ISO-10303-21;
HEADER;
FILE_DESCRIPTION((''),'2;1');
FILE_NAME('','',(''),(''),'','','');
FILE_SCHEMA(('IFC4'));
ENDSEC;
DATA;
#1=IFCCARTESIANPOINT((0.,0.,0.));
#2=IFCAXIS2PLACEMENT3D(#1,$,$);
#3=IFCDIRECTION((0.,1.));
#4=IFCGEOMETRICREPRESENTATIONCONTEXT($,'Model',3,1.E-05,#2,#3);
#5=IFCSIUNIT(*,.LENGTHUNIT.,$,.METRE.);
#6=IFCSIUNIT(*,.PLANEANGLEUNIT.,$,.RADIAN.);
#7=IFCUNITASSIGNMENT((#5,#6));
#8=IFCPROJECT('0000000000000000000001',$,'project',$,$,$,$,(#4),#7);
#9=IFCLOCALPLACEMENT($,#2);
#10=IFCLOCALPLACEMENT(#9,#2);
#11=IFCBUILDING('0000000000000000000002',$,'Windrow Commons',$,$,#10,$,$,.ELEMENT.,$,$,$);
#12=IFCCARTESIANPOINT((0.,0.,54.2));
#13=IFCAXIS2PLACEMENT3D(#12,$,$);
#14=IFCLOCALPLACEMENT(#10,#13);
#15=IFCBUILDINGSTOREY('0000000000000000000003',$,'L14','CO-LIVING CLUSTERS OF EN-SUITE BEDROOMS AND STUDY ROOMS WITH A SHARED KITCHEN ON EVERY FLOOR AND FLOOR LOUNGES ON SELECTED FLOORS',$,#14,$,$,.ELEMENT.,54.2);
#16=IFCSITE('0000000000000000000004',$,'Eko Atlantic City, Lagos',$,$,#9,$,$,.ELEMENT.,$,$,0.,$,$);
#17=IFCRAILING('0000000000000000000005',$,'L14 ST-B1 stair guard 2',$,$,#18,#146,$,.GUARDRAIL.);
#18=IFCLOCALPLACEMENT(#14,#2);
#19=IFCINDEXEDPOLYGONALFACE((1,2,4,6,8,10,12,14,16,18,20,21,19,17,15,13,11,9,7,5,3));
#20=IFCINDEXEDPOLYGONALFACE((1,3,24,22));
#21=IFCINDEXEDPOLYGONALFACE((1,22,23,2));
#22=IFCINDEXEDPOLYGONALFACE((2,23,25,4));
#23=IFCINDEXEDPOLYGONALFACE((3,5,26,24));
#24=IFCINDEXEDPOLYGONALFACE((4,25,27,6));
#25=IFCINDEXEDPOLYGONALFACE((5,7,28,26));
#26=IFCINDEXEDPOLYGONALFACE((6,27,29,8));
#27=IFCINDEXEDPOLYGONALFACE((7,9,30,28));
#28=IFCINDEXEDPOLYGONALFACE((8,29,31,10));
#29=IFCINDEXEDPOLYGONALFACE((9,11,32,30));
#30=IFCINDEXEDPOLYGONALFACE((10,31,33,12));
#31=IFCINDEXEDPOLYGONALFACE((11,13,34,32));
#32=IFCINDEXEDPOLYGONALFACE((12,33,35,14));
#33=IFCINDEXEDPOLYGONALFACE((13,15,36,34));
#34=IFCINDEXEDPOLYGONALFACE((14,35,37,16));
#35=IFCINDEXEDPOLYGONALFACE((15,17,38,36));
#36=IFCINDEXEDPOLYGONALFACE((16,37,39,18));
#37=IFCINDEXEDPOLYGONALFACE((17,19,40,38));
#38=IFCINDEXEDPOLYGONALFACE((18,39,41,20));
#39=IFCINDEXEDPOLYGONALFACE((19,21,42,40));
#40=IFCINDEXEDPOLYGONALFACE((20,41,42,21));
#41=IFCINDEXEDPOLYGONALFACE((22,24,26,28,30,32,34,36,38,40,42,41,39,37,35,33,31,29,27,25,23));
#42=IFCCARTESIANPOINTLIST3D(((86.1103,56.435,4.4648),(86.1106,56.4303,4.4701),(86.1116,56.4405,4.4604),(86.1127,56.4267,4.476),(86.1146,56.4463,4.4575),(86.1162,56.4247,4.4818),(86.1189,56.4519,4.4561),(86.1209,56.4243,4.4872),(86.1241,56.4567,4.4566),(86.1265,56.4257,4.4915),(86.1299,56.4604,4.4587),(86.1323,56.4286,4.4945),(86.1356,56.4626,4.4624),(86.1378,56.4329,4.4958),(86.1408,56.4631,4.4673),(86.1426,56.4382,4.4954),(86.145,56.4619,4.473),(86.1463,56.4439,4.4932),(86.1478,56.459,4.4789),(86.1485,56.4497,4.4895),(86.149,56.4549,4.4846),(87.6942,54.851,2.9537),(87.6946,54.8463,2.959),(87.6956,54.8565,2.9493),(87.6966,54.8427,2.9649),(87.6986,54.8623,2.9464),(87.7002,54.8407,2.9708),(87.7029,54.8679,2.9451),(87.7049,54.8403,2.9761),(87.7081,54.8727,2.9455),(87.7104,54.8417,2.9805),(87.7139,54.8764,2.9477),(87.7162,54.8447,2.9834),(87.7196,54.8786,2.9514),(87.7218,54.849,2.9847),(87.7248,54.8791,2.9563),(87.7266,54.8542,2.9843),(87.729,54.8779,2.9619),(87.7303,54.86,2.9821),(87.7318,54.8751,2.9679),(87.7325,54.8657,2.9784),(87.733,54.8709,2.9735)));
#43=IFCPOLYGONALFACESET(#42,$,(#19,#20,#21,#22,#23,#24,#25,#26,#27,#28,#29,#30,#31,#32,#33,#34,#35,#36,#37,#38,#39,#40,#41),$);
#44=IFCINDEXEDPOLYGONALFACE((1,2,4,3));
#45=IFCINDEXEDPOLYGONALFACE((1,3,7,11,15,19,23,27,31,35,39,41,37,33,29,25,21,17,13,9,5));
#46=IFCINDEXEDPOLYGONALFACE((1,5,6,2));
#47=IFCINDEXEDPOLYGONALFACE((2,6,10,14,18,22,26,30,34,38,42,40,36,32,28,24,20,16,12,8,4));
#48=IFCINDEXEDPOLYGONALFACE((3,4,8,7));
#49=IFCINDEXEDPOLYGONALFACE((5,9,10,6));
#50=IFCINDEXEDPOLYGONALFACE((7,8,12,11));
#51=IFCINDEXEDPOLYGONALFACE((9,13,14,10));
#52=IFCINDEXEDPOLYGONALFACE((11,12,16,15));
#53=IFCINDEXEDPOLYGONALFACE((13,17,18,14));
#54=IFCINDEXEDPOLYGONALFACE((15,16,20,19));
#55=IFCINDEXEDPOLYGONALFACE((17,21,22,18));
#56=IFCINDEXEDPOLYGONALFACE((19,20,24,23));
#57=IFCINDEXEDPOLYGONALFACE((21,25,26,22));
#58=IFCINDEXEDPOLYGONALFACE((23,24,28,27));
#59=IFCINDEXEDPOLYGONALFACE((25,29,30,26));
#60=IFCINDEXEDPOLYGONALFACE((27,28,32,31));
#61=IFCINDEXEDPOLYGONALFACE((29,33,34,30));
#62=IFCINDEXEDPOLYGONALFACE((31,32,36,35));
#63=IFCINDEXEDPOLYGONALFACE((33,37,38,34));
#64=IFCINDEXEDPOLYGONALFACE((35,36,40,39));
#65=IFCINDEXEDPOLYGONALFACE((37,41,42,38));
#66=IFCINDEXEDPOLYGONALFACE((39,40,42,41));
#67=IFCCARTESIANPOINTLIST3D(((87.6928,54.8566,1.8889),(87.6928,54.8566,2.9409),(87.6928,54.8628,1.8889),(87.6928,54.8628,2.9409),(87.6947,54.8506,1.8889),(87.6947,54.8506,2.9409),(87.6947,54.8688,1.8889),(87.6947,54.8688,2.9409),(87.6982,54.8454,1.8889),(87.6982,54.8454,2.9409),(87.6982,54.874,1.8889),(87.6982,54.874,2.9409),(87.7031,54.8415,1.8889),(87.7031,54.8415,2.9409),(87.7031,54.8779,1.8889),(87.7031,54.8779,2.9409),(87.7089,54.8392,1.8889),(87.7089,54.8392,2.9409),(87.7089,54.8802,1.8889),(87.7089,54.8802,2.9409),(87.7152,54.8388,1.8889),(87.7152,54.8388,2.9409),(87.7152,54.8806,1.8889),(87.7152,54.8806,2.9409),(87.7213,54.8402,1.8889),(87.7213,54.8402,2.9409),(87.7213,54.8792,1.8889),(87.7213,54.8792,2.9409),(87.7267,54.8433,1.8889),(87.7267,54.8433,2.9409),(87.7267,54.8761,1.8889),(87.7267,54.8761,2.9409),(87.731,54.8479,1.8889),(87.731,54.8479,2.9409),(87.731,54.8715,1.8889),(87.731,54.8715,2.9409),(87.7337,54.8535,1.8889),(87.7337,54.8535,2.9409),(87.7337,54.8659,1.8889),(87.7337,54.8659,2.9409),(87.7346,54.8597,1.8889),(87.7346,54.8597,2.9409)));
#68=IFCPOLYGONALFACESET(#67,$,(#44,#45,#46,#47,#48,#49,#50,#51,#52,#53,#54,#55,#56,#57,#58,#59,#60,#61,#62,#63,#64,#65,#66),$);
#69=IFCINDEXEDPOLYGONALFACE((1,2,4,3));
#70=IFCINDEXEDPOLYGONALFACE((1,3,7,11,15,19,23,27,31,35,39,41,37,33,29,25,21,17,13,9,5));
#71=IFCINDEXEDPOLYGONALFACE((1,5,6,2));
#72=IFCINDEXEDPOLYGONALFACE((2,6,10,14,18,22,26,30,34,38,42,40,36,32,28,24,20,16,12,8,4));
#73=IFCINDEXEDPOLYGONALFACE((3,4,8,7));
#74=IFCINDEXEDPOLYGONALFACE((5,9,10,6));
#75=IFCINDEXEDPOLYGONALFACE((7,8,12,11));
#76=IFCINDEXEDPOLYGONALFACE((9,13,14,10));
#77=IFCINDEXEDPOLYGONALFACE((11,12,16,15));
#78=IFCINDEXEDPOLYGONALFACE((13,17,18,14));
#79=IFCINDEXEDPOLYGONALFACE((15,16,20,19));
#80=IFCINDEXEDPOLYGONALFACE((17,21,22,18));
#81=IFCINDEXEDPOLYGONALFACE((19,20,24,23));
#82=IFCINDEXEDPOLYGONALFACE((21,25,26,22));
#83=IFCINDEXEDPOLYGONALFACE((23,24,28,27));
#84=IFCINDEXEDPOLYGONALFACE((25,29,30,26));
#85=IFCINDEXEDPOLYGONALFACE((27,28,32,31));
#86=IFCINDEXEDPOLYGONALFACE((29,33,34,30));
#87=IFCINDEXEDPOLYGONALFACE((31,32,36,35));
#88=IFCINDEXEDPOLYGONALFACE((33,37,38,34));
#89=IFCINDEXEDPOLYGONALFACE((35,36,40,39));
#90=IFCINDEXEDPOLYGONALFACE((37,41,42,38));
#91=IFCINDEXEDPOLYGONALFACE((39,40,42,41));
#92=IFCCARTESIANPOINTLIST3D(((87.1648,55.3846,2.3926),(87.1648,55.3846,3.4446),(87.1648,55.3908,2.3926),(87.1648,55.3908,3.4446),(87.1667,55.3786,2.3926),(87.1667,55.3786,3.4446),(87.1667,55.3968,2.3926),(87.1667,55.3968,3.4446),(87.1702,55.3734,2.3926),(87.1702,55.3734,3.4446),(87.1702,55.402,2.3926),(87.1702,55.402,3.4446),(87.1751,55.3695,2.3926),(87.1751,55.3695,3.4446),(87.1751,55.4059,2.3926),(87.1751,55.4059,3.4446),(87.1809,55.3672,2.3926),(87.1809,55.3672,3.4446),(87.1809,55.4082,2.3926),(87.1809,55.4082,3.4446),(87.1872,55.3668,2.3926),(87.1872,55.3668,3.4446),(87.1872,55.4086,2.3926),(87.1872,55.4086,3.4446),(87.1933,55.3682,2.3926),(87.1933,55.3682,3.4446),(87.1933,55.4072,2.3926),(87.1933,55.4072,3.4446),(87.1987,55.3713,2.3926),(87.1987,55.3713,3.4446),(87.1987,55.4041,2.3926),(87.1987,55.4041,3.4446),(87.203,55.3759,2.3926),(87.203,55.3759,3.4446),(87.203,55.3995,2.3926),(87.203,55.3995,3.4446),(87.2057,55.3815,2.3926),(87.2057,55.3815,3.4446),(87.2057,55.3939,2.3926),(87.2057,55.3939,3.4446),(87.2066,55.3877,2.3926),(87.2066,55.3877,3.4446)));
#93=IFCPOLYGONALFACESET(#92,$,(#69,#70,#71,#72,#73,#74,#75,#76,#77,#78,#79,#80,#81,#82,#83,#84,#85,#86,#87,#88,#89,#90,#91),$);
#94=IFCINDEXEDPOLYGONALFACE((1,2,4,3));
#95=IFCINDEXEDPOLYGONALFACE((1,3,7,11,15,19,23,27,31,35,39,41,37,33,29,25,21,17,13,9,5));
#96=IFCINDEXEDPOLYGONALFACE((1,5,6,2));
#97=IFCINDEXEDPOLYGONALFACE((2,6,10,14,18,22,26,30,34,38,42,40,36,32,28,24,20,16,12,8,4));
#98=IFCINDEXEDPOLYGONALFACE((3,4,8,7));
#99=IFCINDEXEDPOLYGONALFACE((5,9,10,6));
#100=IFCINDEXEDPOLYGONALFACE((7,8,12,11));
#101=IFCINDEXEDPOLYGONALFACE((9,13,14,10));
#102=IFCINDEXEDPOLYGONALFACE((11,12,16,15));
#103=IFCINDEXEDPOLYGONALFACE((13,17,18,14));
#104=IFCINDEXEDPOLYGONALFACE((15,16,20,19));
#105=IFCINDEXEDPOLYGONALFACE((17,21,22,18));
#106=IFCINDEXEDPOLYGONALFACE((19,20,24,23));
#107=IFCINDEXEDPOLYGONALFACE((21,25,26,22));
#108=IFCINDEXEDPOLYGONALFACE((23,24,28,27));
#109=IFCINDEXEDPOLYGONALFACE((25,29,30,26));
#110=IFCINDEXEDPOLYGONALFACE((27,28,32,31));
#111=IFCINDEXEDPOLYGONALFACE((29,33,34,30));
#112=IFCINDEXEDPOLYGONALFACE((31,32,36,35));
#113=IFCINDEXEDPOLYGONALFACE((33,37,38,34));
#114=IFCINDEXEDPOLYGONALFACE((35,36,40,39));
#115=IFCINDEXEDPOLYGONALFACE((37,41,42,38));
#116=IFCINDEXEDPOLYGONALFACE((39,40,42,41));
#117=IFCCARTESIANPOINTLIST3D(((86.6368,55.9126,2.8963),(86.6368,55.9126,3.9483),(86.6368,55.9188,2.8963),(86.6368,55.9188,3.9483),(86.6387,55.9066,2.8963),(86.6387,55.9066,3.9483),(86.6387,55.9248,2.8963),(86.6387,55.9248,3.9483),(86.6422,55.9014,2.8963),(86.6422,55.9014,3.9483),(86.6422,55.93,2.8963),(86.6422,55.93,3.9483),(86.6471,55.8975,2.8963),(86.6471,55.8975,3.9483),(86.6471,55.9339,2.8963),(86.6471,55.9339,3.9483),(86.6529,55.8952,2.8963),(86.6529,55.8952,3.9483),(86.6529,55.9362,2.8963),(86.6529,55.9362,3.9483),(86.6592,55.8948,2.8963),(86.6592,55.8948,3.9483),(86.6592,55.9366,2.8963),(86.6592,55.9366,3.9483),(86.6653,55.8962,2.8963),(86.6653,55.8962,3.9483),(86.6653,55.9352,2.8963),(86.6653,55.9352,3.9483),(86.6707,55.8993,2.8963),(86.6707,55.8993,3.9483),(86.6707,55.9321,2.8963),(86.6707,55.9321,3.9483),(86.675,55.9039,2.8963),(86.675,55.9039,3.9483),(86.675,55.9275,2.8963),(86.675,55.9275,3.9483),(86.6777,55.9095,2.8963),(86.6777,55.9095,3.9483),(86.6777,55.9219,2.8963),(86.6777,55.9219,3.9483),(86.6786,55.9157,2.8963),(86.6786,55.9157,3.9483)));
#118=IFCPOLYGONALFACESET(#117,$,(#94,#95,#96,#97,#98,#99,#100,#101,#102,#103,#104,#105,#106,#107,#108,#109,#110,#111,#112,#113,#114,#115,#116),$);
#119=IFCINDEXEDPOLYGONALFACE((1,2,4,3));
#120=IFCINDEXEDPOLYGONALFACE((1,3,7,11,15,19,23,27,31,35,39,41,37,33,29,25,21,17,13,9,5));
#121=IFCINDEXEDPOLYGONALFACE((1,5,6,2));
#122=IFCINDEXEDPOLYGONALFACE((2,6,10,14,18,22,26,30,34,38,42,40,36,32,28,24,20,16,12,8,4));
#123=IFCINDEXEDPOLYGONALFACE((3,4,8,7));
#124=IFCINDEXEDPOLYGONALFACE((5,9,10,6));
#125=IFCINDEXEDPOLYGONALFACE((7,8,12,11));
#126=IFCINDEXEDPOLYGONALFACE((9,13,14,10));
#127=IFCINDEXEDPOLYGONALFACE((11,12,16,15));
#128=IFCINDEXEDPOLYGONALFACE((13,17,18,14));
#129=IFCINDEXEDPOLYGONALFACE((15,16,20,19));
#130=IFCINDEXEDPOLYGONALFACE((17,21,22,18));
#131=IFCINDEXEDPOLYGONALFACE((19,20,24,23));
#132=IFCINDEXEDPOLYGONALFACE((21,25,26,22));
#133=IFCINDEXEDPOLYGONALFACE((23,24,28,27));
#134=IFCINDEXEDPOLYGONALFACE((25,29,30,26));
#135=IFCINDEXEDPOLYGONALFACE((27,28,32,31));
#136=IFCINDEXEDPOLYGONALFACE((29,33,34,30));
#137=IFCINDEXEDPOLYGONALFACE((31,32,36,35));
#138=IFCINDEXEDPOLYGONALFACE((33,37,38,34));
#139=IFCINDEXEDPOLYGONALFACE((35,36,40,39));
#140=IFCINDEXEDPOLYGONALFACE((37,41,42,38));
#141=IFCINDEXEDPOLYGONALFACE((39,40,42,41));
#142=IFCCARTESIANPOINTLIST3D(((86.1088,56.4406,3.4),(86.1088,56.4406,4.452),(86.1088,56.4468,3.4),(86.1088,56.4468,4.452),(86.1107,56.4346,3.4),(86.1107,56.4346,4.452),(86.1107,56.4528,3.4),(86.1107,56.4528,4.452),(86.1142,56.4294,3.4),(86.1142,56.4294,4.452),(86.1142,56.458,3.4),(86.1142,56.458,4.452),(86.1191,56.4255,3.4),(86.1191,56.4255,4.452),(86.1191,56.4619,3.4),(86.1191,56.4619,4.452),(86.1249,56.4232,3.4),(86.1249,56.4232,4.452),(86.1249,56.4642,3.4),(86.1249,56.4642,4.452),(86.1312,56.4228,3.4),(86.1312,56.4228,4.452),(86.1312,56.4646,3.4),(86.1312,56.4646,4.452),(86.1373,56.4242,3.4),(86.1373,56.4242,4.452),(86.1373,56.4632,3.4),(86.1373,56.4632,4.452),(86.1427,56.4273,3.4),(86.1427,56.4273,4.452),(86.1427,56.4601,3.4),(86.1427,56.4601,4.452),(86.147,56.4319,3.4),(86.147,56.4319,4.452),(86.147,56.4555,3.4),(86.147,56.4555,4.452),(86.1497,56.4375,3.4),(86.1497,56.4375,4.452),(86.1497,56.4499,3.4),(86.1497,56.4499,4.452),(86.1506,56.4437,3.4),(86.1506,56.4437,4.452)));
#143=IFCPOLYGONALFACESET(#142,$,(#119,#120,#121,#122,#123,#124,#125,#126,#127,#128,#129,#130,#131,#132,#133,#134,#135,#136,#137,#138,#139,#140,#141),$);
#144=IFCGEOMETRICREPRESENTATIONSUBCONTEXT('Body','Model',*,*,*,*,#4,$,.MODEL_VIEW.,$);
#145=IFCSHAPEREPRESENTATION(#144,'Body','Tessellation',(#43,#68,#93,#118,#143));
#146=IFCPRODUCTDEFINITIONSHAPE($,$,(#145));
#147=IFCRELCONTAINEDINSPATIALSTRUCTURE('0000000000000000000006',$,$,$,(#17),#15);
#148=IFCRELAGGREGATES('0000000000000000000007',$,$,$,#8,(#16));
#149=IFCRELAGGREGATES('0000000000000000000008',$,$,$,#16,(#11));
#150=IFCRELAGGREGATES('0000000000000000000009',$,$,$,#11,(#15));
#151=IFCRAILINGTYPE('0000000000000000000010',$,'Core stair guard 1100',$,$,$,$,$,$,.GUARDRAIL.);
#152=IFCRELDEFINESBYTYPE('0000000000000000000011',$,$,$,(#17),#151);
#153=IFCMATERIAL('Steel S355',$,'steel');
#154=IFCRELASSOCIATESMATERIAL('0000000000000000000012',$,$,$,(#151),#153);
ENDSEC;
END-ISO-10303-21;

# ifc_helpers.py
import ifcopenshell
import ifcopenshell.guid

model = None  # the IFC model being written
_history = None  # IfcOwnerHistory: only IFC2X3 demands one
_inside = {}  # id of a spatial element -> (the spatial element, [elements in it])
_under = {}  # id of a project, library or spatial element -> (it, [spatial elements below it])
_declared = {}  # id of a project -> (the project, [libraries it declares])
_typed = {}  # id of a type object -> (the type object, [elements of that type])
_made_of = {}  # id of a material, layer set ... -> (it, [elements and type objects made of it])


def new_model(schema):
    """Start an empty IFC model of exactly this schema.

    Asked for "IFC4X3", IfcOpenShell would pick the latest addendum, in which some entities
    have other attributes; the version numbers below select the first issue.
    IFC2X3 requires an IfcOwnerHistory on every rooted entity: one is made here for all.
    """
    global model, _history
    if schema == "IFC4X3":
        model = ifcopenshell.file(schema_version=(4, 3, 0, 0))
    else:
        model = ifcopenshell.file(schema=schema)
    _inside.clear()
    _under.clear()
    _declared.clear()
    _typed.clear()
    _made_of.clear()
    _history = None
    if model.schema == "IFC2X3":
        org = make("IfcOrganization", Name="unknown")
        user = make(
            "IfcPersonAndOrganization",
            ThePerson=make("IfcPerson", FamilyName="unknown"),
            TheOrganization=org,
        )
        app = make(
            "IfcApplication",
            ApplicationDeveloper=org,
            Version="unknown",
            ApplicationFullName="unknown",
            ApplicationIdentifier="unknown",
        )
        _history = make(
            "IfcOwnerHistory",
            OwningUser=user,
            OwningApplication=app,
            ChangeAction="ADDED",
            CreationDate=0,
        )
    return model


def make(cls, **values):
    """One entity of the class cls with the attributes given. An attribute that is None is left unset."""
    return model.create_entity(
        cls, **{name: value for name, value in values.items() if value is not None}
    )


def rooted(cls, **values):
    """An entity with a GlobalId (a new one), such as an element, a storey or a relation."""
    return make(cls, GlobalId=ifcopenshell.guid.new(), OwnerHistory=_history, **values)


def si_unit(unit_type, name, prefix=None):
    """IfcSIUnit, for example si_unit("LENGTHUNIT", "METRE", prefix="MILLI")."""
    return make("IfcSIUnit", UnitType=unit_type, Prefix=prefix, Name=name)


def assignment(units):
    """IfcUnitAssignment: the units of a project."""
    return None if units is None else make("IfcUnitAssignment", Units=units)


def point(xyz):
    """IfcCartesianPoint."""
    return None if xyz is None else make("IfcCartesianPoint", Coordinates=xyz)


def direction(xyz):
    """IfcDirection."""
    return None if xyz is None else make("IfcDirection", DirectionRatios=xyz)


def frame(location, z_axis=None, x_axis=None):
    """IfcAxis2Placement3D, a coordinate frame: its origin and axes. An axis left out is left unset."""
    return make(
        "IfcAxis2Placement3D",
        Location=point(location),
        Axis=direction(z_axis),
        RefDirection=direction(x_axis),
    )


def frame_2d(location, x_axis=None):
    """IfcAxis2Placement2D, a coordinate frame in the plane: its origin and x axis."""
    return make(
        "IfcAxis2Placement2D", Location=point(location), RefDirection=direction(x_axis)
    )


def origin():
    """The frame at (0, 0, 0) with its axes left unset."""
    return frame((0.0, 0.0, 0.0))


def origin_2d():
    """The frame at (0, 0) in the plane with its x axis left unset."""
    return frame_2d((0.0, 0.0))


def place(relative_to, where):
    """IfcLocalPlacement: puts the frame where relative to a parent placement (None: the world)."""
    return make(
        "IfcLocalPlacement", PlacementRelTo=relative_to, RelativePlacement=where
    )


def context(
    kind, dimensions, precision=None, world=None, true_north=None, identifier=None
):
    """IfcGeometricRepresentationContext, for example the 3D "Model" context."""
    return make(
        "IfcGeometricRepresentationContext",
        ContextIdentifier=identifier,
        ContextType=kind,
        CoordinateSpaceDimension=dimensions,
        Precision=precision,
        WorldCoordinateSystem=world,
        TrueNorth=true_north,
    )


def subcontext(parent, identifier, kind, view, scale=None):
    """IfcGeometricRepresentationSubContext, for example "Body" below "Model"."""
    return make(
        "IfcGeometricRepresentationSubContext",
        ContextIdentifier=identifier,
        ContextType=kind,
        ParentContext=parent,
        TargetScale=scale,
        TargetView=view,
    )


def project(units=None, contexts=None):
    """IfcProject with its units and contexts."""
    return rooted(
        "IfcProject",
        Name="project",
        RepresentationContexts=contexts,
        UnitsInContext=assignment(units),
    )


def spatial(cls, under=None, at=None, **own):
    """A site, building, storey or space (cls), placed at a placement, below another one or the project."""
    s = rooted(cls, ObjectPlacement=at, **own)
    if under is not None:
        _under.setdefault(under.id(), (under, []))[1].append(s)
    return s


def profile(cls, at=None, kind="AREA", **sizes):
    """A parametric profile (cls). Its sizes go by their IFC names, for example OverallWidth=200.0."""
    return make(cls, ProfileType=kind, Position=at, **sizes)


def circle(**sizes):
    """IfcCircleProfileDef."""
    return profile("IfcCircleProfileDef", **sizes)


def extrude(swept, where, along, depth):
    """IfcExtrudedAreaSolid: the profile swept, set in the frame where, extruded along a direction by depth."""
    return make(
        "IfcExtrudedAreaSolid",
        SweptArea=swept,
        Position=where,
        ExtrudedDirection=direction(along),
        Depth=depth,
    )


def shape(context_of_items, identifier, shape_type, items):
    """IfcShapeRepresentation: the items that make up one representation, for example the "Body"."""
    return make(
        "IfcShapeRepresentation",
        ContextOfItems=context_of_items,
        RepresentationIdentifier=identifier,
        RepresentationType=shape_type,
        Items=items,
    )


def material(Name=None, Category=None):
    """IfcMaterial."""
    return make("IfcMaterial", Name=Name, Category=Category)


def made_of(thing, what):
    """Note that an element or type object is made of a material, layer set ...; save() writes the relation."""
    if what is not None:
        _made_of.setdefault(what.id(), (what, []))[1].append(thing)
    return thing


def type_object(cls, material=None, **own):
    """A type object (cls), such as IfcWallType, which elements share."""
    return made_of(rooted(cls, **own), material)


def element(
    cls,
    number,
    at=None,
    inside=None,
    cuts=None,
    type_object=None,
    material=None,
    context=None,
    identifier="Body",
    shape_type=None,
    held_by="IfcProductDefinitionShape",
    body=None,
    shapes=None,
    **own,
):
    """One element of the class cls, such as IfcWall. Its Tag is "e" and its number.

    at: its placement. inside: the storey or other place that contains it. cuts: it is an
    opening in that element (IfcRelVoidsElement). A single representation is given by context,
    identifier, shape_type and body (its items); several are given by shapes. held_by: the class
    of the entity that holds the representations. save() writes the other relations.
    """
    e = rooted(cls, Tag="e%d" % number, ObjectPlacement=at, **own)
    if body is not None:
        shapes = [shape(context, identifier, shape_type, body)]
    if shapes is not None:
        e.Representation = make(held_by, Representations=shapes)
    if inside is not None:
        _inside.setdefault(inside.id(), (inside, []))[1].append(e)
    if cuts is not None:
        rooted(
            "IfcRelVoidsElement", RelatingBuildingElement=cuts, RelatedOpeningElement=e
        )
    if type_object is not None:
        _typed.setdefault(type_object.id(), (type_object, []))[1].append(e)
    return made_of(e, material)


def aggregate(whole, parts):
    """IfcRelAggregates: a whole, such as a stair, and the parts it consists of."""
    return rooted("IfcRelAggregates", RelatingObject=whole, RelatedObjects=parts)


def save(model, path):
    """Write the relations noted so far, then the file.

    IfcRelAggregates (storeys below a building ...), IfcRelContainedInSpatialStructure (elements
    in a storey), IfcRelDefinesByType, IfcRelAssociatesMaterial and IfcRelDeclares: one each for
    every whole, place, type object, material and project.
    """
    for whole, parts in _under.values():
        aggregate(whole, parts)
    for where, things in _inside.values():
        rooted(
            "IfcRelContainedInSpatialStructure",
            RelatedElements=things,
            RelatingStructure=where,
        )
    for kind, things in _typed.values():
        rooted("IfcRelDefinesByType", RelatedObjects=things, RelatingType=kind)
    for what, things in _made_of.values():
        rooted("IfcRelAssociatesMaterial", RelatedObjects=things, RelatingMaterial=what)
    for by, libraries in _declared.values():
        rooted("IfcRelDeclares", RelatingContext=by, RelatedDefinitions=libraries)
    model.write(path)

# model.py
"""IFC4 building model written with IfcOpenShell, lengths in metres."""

from ifc_helpers import new_model, si_unit, direction, frame, origin, origin_2d, place, context, subcontext, project, spatial, circle, extrude, material, type_object, element, save


model = new_model("IFC4")

# Units and contexts
model_context = context("Model", 3, precision=1e-05, world=origin(), true_north=direction((0.0, 1.0)))
body_context = subcontext(model_context, "Body", "Model", "MODEL_VIEW")
ifc_project = project(units=[si_unit("LENGTHUNIT", "METRE"), si_unit("PLANEANGLEUNIT", "RADIAN")], contexts=[model_context])

# Site, building, storey
site_placement = place(None, origin())
site = spatial("IfcSite", under=ifc_project, at=site_placement, Name="Eko Atlantic City, Lagos", CompositionType="ELEMENT", RefElevation=0.0)
building_placement = place(site_placement, origin())
building = spatial("IfcBuilding", under=site, at=building_placement, Name="Windrow Commons", CompositionType="ELEMENT")
storey_placement = place(building_placement, frame((0.0, 0.0, 54.2)))
storey = spatial("IfcBuildingStorey", under=building, at=storey_placement, Name="L14", Description="CO-LIVING CLUSTERS OF EN-SUITE BEDROOMS AND STUDY ROOMS WITH A SHARED KITCHEN ON EVERY FLOOR AND FLOOR LOUNGES ON SELECTED FLOORS", CompositionType="ELEMENT", Elevation=54.2)

# Railing
ifc_material_1 = material(Name="Steel S355", Category="steel")
railing_type_1 = type_object("IfcRailingType", Name="Core stair guard 1100", PredefinedType="GUARDRAIL", material=ifc_material_1)
railing_1_placement = place(storey_placement, frame((87.7136, 54.8597, 1.8889)))
element("IfcRailing", 1, at=railing_1_placement, inside=storey, type_object=railing_type_1, Name="L14 ST-B1 stair guard 2", PredefinedType="GUARDRAIL", context=body_context, shape_type="SweptSolid", body=[
    extrude(circle(Radius=0.024, at=origin_2d()), frame((0.0, 0.0, 1.076), z_axis=(-0.586203, 0.586203, 0.559224), x_axis=(-0.707107, -0.707107, 0.0)), (0.0, 0.0, 1.0), 2.7021),
    extrude(circle(Radius=0.021, at=origin_2d()), origin(), (0.0, 0.0, 1.0), 1.052),
    extrude(circle(Radius=0.021, at=origin_2d()), frame((-0.528, 0.528, 0.5037)), (0.0, 0.0, 1.0), 1.052),
    extrude(circle(Radius=0.021, at=origin_2d()), frame((-1.056, 1.056, 1.0074)), (0.0, 0.0, 1.0), 1.052),
    extrude(circle(Radius=0.021, at=origin_2d()), frame((-1.584, 1.584, 1.5111)), (0.0, 0.0, 1.0), 1.052),
])

save(model, "model.ifc")
